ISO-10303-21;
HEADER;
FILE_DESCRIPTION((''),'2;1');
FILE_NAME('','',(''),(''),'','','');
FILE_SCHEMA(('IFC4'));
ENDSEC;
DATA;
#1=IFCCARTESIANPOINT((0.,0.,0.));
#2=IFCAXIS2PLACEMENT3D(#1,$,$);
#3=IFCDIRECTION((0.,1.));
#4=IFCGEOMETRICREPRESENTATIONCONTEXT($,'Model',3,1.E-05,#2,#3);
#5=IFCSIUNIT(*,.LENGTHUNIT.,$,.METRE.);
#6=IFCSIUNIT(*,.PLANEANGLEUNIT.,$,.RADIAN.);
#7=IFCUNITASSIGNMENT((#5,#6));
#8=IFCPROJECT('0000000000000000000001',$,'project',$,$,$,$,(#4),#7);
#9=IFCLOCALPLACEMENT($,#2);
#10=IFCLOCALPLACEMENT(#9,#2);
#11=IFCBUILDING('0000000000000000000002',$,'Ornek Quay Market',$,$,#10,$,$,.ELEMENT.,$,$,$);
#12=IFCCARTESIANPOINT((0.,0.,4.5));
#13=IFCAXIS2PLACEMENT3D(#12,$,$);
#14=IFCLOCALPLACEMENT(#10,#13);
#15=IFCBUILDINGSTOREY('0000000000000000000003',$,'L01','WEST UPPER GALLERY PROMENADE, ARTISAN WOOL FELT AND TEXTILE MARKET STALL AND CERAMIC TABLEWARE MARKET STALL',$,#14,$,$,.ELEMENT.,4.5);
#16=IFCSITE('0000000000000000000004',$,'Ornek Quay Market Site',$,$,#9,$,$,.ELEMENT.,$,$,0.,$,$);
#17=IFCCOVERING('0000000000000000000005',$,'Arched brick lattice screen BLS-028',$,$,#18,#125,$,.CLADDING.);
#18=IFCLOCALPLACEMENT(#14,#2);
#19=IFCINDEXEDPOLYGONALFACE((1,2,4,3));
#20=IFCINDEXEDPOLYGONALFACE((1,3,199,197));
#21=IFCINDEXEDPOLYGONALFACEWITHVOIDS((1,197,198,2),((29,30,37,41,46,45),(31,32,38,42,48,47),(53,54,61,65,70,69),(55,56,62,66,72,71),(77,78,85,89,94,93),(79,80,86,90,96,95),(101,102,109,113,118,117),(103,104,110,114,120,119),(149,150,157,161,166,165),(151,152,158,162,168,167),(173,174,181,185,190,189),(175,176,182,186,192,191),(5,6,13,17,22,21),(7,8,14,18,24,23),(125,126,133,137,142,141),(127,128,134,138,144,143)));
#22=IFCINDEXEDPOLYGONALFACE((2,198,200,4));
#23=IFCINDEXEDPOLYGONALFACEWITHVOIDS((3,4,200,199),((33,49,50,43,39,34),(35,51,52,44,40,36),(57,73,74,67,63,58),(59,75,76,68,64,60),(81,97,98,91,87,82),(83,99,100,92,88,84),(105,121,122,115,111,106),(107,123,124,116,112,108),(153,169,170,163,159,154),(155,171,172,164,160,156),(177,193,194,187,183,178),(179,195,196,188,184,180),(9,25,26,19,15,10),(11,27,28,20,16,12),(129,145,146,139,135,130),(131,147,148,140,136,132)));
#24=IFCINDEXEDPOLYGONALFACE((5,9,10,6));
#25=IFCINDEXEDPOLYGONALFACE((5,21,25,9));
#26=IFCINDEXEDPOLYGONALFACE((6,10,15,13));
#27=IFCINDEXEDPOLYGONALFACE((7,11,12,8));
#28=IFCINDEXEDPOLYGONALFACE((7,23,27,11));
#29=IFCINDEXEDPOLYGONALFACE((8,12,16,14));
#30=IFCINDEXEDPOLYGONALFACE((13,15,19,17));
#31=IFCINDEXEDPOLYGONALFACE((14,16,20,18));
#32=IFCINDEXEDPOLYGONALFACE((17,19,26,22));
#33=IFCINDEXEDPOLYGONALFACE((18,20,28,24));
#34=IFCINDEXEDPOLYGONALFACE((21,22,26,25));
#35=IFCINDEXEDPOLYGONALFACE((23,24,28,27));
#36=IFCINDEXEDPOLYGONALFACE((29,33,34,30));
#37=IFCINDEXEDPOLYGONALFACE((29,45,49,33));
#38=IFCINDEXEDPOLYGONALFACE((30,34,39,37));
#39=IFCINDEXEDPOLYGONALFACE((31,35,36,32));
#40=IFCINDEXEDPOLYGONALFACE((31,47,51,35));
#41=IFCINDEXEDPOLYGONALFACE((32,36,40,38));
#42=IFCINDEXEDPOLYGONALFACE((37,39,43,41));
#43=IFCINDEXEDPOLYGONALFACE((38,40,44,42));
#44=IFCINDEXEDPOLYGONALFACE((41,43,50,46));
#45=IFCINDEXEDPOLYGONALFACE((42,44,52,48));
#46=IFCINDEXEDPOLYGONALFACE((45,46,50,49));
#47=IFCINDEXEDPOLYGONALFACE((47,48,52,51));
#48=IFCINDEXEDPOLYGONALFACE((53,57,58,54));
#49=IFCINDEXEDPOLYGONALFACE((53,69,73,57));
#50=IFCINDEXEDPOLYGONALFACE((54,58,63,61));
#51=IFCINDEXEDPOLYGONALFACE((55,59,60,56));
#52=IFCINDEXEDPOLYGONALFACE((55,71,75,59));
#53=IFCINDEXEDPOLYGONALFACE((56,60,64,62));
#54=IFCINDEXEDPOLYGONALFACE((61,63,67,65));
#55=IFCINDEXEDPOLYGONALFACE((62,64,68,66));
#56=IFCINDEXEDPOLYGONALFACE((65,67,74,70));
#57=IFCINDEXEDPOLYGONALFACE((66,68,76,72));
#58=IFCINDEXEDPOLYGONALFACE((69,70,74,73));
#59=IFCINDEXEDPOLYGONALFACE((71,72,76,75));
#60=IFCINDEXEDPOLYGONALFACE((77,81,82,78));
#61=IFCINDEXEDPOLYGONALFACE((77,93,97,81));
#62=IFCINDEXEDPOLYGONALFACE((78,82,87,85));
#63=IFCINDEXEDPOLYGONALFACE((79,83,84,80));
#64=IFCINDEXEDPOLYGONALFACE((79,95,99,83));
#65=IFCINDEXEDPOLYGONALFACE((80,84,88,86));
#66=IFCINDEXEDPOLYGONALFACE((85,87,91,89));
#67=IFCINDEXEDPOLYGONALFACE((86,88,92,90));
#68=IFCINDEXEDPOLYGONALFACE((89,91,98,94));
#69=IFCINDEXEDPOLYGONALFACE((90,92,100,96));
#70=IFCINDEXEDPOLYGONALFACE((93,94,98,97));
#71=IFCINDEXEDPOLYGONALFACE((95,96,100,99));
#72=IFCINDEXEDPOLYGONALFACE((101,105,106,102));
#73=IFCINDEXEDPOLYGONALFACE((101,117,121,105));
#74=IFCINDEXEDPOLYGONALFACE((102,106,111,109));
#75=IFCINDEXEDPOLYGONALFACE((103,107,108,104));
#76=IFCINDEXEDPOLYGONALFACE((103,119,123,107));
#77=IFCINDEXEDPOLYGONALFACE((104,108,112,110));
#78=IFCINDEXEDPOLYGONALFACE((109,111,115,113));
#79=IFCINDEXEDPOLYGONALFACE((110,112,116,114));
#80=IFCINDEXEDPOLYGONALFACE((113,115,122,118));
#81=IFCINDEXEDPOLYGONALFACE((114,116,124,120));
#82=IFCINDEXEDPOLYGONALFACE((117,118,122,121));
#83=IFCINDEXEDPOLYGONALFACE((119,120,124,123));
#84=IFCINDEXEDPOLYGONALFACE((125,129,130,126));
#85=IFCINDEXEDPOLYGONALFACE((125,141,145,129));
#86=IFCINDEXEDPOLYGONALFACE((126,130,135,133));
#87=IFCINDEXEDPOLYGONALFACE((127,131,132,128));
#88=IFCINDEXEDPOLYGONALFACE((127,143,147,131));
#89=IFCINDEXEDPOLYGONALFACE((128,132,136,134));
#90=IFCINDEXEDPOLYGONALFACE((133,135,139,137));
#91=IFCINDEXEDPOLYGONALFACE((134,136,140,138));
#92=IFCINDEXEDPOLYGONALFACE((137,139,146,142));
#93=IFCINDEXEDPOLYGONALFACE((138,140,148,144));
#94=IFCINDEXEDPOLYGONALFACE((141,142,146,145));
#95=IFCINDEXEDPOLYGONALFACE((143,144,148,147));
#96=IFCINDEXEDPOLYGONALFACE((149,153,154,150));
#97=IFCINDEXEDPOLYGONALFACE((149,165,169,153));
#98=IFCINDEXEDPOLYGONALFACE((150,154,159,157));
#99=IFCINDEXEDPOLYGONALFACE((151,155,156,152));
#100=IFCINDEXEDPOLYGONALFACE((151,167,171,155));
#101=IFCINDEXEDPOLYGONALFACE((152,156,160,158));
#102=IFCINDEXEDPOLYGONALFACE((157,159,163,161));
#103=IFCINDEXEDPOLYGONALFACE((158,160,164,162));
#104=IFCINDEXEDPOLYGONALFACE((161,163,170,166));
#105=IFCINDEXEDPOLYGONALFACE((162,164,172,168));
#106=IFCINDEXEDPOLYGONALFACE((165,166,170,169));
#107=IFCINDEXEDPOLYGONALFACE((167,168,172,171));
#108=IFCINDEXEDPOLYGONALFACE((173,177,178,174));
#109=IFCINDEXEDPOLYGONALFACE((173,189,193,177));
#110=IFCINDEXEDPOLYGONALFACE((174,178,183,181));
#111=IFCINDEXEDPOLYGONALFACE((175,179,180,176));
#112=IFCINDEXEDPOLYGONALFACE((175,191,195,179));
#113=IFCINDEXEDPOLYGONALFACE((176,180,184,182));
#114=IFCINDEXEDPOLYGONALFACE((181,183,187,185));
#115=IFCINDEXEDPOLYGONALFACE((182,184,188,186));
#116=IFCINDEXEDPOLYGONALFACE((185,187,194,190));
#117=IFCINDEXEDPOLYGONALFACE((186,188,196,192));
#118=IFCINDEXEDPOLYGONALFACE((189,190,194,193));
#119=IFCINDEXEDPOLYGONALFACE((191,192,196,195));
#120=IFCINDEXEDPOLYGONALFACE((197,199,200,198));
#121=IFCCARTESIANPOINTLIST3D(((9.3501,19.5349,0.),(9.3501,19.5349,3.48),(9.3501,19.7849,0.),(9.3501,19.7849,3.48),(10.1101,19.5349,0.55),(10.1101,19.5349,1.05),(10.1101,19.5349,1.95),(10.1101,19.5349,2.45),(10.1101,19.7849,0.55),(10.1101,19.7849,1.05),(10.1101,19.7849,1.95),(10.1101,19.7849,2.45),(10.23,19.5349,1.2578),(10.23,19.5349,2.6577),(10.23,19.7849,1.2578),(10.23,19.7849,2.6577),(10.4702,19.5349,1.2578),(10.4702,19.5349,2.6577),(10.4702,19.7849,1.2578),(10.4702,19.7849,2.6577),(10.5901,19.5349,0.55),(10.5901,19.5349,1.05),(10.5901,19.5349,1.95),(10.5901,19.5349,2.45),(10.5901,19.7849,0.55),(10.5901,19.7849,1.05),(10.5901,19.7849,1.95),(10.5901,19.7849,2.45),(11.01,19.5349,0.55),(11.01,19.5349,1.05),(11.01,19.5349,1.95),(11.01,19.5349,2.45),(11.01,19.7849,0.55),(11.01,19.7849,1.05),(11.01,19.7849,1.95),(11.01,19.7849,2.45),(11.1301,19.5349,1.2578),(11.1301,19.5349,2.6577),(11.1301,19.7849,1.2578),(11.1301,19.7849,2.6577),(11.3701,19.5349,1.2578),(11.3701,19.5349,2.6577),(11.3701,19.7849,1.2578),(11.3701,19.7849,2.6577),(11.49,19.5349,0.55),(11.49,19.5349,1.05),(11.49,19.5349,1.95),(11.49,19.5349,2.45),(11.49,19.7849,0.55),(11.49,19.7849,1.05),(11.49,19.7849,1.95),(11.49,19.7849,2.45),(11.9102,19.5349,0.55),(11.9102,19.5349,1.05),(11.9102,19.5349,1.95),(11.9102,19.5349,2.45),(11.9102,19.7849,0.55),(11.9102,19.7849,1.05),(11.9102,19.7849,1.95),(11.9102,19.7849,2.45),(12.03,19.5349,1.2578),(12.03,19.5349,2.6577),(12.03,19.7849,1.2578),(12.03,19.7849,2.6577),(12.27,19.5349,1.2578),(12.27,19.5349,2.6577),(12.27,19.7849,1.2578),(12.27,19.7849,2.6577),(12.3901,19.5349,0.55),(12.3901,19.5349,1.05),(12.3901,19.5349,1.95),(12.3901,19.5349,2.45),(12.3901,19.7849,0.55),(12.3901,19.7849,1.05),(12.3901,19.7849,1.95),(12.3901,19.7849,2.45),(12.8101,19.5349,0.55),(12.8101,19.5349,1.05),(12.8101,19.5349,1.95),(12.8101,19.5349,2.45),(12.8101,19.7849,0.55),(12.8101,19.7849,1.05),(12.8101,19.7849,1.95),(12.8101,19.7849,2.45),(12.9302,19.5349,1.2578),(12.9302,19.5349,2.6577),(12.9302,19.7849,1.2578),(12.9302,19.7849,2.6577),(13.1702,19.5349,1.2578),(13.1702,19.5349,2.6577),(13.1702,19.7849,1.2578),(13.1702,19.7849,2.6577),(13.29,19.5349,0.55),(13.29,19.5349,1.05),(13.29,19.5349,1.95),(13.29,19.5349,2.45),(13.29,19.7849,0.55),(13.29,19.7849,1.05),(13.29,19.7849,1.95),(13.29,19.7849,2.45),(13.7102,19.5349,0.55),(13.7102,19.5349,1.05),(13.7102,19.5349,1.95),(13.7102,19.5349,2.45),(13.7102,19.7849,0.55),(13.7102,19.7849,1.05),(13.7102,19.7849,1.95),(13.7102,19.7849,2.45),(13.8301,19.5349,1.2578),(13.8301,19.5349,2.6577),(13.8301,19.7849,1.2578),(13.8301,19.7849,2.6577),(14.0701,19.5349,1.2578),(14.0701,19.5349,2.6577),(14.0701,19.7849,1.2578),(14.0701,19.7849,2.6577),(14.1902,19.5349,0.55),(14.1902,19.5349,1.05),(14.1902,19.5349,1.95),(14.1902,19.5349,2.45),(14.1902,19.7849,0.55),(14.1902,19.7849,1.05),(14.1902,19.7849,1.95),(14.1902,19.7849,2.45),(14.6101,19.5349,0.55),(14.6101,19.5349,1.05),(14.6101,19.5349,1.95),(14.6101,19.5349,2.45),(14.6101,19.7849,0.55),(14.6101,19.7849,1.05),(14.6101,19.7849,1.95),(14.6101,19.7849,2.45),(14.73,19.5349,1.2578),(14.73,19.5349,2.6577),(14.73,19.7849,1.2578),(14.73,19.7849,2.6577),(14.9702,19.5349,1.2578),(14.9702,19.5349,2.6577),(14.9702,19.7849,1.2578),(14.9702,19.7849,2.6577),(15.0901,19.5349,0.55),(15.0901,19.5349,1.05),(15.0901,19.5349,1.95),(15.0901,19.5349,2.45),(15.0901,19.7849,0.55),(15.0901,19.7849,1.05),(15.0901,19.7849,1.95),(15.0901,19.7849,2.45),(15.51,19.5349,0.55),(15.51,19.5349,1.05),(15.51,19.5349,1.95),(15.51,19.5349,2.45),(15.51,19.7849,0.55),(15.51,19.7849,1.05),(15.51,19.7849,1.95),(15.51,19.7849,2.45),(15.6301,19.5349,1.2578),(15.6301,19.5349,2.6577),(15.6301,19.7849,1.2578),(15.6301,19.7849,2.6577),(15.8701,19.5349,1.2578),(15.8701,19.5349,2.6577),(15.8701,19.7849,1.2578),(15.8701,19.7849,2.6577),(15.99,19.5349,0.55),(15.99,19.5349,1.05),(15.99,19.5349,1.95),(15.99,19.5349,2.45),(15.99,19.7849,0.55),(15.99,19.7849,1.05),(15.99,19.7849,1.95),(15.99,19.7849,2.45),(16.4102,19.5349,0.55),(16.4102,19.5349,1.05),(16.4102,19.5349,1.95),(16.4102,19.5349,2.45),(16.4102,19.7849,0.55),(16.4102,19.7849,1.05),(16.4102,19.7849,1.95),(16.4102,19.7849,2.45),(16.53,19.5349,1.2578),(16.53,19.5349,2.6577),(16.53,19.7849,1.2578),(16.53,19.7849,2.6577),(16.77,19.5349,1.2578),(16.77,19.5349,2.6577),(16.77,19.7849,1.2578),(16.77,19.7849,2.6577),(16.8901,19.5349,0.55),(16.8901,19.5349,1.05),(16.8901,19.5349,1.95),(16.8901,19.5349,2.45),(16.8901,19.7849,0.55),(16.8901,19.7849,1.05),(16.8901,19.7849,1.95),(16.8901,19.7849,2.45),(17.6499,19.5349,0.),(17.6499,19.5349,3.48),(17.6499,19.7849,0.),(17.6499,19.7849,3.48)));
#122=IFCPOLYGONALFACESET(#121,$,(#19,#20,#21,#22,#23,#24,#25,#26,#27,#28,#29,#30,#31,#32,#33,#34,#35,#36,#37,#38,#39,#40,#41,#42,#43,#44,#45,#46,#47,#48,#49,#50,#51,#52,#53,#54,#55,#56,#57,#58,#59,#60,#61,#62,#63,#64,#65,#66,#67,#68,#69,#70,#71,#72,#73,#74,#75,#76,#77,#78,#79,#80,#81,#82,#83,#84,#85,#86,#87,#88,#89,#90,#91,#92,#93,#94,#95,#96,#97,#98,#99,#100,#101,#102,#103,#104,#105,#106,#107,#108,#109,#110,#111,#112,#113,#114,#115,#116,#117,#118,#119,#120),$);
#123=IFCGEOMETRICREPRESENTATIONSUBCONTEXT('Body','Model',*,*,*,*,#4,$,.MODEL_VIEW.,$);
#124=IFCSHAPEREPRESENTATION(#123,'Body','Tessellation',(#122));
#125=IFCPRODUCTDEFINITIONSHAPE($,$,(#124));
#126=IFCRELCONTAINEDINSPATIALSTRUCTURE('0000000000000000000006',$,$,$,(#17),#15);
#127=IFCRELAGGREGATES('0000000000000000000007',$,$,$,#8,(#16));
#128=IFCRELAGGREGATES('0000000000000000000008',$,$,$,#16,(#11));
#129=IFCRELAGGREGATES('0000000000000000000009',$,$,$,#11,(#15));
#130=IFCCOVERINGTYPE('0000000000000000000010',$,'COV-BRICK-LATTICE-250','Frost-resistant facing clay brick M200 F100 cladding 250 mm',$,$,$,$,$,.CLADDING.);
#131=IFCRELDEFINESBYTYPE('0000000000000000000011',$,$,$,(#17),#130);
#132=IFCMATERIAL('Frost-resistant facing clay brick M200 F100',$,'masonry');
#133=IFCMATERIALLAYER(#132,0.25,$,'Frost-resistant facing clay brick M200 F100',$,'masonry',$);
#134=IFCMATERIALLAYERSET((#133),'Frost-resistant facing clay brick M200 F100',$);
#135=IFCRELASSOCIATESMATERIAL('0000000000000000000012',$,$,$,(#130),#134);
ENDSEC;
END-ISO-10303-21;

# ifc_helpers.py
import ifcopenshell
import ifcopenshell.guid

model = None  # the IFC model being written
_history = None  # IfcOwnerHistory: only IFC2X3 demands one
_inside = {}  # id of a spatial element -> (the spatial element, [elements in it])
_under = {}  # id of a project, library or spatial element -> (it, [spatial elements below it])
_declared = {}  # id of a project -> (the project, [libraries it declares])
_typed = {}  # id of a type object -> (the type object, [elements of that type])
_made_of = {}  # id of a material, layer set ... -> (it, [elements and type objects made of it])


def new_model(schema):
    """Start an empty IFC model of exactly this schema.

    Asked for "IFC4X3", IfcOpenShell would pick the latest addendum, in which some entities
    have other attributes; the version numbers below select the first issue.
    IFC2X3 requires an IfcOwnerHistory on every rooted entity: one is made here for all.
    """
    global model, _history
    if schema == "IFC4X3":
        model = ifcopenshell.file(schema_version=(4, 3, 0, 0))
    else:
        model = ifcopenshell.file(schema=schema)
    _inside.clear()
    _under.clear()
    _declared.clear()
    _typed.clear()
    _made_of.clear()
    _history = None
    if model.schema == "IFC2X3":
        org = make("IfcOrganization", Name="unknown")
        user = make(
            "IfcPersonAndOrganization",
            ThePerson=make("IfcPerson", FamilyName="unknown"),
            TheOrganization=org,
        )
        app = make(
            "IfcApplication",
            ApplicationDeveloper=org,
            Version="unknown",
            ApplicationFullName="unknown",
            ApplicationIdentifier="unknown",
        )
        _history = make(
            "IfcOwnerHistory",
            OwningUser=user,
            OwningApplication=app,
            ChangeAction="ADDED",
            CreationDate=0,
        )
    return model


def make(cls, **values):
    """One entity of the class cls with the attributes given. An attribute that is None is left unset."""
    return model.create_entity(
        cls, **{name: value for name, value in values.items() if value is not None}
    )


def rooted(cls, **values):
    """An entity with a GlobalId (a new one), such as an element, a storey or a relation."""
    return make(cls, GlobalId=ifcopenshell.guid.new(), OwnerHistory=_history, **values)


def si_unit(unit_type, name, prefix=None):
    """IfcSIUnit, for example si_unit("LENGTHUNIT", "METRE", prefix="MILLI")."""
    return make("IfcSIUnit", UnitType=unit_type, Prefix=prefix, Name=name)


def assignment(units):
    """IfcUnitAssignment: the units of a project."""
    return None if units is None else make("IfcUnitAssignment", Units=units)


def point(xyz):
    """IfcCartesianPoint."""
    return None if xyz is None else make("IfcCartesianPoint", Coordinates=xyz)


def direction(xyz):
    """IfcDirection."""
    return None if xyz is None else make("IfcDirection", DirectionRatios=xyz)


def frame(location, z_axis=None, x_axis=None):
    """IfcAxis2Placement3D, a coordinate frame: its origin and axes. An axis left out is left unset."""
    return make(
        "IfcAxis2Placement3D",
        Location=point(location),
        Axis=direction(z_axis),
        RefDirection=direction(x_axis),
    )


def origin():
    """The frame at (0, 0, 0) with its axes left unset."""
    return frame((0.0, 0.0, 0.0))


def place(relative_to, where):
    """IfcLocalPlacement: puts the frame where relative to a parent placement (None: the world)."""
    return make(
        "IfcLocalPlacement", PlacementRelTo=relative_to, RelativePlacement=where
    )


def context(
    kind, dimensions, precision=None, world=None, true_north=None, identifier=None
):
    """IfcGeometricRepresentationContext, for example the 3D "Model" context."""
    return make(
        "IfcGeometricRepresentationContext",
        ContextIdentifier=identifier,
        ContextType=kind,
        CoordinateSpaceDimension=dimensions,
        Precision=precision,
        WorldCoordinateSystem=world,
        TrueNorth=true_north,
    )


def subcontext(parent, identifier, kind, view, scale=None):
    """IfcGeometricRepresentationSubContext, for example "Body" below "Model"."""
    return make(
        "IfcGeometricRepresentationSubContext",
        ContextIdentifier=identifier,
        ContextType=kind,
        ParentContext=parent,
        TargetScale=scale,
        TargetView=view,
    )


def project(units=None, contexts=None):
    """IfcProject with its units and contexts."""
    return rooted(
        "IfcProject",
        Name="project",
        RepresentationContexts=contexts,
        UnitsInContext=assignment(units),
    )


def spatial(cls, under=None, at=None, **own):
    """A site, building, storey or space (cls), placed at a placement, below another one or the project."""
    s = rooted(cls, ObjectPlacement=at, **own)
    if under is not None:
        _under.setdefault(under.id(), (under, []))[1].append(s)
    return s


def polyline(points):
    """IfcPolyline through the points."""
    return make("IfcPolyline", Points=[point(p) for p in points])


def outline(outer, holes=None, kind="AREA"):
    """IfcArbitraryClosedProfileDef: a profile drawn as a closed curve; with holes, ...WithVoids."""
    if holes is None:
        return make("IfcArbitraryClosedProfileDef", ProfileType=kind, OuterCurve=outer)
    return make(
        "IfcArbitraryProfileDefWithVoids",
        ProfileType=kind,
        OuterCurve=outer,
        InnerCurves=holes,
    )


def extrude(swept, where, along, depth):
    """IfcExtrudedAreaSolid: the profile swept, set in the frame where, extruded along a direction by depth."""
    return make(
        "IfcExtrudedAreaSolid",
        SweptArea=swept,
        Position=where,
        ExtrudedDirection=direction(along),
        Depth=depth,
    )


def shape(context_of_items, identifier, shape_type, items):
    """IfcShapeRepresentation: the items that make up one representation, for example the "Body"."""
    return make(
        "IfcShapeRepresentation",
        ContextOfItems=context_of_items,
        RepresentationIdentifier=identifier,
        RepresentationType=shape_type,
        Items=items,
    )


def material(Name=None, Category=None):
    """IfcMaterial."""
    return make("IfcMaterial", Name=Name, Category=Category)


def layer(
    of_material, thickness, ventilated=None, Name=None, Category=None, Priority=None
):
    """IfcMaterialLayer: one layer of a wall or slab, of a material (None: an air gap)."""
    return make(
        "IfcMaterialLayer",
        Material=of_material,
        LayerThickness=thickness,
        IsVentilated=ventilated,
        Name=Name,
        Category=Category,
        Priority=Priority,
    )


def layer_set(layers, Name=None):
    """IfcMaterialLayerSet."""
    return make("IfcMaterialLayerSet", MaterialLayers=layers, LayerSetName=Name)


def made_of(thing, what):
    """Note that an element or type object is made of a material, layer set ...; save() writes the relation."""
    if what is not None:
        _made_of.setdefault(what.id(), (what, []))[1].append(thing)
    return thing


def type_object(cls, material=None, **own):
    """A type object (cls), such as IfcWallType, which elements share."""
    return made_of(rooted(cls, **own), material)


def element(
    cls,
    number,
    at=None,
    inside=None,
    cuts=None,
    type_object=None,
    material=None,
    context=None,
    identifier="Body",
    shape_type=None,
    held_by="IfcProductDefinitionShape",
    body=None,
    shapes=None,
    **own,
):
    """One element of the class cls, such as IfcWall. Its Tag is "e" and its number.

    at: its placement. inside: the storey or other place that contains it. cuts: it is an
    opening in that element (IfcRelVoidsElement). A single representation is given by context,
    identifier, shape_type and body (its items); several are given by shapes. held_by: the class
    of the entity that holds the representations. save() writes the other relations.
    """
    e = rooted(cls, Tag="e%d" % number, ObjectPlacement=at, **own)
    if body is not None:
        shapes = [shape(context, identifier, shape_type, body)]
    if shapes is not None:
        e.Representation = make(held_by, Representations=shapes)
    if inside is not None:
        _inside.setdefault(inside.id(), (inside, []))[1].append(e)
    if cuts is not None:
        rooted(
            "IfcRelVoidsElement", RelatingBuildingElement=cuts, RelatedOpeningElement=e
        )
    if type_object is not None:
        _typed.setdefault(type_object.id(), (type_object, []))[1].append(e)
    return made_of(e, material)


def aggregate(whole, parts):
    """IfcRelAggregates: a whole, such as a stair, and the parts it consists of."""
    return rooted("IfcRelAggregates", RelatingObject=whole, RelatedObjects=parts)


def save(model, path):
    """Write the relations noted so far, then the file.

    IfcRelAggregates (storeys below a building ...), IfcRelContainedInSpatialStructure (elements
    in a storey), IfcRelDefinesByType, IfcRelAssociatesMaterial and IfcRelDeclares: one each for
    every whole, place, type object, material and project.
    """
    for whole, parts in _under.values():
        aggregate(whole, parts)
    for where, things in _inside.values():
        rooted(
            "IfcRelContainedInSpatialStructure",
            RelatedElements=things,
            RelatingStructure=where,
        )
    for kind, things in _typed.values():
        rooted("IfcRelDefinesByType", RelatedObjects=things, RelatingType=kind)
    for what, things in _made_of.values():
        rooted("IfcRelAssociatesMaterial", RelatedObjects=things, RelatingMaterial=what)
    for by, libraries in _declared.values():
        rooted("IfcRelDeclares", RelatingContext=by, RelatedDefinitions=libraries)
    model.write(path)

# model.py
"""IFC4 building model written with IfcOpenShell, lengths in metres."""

from ifc_helpers import new_model, si_unit, direction, frame, origin, place, context, subcontext, project, spatial, polyline, outline, extrude, material, layer, layer_set, type_object, element, save


model = new_model("IFC4")

# Units and contexts
model_context = context("Model", 3, precision=1e-05, world=origin(), true_north=direction((0.0, 1.0)))
body_context = subcontext(model_context, "Body", "Model", "MODEL_VIEW")
ifc_project = project(units=[si_unit("LENGTHUNIT", "METRE"), si_unit("PLANEANGLEUNIT", "RADIAN")], contexts=[model_context])

# Site, building, storey
site_placement = place(None, origin())
site = spatial("IfcSite", under=ifc_project, at=site_placement, Name="Ornek Quay Market Site", CompositionType="ELEMENT", RefElevation=0.0)
building_placement = place(site_placement, origin())
building = spatial("IfcBuilding", under=site, at=building_placement, Name="Ornek Quay Market", CompositionType="ELEMENT")
storey_placement = place(building_placement, frame((0.0, 0.0, 4.5)))
storey = spatial("IfcBuildingStorey", under=building, at=storey_placement, Name="L01", Description="WEST UPPER GALLERY PROMENADE, ARTISAN WOOL FELT AND TEXTILE MARKET STALL AND CERAMIC TABLEWARE MARKET STALL", CompositionType="ELEMENT", Elevation=4.5)

# Shared definitions
ifc_material_1 = material(Name="Frost-resistant facing clay brick M200 F100", Category="masonry")

# Covering
ifc_layer_1 = layer(ifc_material_1, 0.25, Name="Frost-resistant facing clay brick M200 F100", Category="masonry")
ifc_layer_set_1 = layer_set([ifc_layer_1], Name="Frost-resistant facing clay brick M200 F100")
covering_type_1 = type_object("IfcCoveringType", Name="COV-BRICK-LATTICE-250", Description="Frost-resistant facing clay brick M200 F100 cladding 250 mm", PredefinedType="CLADDING", material=ifc_layer_set_1)
covering_1_placement = place(storey_placement, frame((9.3501, 19.6599, 0.0), z_axis=(0.0, 0.0, 1.0), x_axis=(1.0, 0.0, 0.0)))
element("IfcCovering", 1, at=covering_1_placement, inside=storey, type_object=covering_type_1, Name="Arched brick lattice screen BLS-028", PredefinedType="CLADDING", context=body_context, shape_type="SweptSolid", body=[
    extrude(outline(polyline([(0.0, 0.0), (8.2998, 0.0), (8.2998, 3.48), (0.0, 3.48), (0.0, 0.0)]), holes=[polyline([(0.76, 0.55), (1.24, 0.55), (1.24, 1.05), (1.1201, 1.2578), (0.8799, 1.2578), (0.76, 1.05), (0.76, 0.55)]), polyline([(0.76, 1.95), (1.24, 1.95), (1.24, 2.45), (1.1201, 2.6577), (0.8799, 2.6577), (0.76, 2.45), (0.76, 1.95)]), polyline([(1.6599, 0.55), (2.1399, 0.55), (2.1399, 1.05), (2.02, 1.2578), (1.78, 1.2578), (1.6599, 1.05), (1.6599, 0.55)]), polyline([(1.6599, 1.95), (2.1399, 1.95), (2.1399, 2.45), (2.02, 2.6577), (1.78, 2.6577), (1.6599, 2.45), (1.6599, 1.95)]), polyline([(2.5601, 0.55), (3.04, 0.55), (3.04, 1.05), (2.9199, 1.2578), (2.6799, 1.2578), (2.5601, 1.05), (2.5601, 0.55)]), polyline([(2.5601, 1.95), (3.04, 1.95), (3.04, 2.45), (2.9199, 2.6577), (2.6799, 2.6577), (2.5601, 2.45), (2.5601, 1.95)]), polyline([(3.46, 0.55), (3.9399, 0.55), (3.9399, 1.05), (3.8201, 1.2578), (3.5801, 1.2578), (3.46, 1.05), (3.46, 0.55)]), polyline([(3.46, 1.95), (3.9399, 1.95), (3.9399, 2.45), (3.8201, 2.6577), (3.5801, 2.6577), (3.46, 2.45), (3.46, 1.95)]), polyline([(4.3601, 0.55), (4.8401, 0.55), (4.8401, 1.05), (4.72, 1.2578), (4.48, 1.2578), (4.3601, 1.05), (4.3601, 0.55)]), polyline([(4.3601, 1.95), (4.8401, 1.95), (4.8401, 2.45), (4.72, 2.6577), (4.48, 2.6577), (4.3601, 2.45), (4.3601, 1.95)]), polyline([(5.26, 0.55), (5.74, 0.55), (5.74, 1.05), (5.6201, 1.2578), (5.3799, 1.2578), (5.26, 1.05), (5.26, 0.55)]), polyline([(5.26, 1.95), (5.74, 1.95), (5.74, 2.45), (5.6201, 2.6577), (5.3799, 2.6577), (5.26, 2.45), (5.26, 1.95)]), polyline([(6.1599, 0.55), (6.6399, 0.55), (6.6399, 1.05), (6.52, 1.2578), (6.28, 1.2578), (6.1599, 1.05), (6.1599, 0.55)]), polyline([(6.1599, 1.95), (6.6399, 1.95), (6.6399, 2.45), (6.52, 2.6577), (6.28, 2.6577), (6.1599, 2.45), (6.1599, 1.95)]), polyline([(7.0601, 0.55), (7.54, 0.55), (7.54, 1.05), (7.4199, 1.2578), (7.1799, 1.2578), (7.0601, 1.05), (7.0601, 0.55)]), polyline([(7.0601, 1.95), (7.54, 1.95), (7.54, 2.45), (7.4199, 2.6577), (7.1799, 2.6577), (7.0601, 2.45), (7.0601, 1.95)])]), frame((0.0, 0.125, 0.0), z_axis=(0.0, -1.0, 0.0), x_axis=(1.0, 0.0, 0.0)), (0.0, 0.0, 1.0), 0.25),
])

save(model, "model.ifc")
